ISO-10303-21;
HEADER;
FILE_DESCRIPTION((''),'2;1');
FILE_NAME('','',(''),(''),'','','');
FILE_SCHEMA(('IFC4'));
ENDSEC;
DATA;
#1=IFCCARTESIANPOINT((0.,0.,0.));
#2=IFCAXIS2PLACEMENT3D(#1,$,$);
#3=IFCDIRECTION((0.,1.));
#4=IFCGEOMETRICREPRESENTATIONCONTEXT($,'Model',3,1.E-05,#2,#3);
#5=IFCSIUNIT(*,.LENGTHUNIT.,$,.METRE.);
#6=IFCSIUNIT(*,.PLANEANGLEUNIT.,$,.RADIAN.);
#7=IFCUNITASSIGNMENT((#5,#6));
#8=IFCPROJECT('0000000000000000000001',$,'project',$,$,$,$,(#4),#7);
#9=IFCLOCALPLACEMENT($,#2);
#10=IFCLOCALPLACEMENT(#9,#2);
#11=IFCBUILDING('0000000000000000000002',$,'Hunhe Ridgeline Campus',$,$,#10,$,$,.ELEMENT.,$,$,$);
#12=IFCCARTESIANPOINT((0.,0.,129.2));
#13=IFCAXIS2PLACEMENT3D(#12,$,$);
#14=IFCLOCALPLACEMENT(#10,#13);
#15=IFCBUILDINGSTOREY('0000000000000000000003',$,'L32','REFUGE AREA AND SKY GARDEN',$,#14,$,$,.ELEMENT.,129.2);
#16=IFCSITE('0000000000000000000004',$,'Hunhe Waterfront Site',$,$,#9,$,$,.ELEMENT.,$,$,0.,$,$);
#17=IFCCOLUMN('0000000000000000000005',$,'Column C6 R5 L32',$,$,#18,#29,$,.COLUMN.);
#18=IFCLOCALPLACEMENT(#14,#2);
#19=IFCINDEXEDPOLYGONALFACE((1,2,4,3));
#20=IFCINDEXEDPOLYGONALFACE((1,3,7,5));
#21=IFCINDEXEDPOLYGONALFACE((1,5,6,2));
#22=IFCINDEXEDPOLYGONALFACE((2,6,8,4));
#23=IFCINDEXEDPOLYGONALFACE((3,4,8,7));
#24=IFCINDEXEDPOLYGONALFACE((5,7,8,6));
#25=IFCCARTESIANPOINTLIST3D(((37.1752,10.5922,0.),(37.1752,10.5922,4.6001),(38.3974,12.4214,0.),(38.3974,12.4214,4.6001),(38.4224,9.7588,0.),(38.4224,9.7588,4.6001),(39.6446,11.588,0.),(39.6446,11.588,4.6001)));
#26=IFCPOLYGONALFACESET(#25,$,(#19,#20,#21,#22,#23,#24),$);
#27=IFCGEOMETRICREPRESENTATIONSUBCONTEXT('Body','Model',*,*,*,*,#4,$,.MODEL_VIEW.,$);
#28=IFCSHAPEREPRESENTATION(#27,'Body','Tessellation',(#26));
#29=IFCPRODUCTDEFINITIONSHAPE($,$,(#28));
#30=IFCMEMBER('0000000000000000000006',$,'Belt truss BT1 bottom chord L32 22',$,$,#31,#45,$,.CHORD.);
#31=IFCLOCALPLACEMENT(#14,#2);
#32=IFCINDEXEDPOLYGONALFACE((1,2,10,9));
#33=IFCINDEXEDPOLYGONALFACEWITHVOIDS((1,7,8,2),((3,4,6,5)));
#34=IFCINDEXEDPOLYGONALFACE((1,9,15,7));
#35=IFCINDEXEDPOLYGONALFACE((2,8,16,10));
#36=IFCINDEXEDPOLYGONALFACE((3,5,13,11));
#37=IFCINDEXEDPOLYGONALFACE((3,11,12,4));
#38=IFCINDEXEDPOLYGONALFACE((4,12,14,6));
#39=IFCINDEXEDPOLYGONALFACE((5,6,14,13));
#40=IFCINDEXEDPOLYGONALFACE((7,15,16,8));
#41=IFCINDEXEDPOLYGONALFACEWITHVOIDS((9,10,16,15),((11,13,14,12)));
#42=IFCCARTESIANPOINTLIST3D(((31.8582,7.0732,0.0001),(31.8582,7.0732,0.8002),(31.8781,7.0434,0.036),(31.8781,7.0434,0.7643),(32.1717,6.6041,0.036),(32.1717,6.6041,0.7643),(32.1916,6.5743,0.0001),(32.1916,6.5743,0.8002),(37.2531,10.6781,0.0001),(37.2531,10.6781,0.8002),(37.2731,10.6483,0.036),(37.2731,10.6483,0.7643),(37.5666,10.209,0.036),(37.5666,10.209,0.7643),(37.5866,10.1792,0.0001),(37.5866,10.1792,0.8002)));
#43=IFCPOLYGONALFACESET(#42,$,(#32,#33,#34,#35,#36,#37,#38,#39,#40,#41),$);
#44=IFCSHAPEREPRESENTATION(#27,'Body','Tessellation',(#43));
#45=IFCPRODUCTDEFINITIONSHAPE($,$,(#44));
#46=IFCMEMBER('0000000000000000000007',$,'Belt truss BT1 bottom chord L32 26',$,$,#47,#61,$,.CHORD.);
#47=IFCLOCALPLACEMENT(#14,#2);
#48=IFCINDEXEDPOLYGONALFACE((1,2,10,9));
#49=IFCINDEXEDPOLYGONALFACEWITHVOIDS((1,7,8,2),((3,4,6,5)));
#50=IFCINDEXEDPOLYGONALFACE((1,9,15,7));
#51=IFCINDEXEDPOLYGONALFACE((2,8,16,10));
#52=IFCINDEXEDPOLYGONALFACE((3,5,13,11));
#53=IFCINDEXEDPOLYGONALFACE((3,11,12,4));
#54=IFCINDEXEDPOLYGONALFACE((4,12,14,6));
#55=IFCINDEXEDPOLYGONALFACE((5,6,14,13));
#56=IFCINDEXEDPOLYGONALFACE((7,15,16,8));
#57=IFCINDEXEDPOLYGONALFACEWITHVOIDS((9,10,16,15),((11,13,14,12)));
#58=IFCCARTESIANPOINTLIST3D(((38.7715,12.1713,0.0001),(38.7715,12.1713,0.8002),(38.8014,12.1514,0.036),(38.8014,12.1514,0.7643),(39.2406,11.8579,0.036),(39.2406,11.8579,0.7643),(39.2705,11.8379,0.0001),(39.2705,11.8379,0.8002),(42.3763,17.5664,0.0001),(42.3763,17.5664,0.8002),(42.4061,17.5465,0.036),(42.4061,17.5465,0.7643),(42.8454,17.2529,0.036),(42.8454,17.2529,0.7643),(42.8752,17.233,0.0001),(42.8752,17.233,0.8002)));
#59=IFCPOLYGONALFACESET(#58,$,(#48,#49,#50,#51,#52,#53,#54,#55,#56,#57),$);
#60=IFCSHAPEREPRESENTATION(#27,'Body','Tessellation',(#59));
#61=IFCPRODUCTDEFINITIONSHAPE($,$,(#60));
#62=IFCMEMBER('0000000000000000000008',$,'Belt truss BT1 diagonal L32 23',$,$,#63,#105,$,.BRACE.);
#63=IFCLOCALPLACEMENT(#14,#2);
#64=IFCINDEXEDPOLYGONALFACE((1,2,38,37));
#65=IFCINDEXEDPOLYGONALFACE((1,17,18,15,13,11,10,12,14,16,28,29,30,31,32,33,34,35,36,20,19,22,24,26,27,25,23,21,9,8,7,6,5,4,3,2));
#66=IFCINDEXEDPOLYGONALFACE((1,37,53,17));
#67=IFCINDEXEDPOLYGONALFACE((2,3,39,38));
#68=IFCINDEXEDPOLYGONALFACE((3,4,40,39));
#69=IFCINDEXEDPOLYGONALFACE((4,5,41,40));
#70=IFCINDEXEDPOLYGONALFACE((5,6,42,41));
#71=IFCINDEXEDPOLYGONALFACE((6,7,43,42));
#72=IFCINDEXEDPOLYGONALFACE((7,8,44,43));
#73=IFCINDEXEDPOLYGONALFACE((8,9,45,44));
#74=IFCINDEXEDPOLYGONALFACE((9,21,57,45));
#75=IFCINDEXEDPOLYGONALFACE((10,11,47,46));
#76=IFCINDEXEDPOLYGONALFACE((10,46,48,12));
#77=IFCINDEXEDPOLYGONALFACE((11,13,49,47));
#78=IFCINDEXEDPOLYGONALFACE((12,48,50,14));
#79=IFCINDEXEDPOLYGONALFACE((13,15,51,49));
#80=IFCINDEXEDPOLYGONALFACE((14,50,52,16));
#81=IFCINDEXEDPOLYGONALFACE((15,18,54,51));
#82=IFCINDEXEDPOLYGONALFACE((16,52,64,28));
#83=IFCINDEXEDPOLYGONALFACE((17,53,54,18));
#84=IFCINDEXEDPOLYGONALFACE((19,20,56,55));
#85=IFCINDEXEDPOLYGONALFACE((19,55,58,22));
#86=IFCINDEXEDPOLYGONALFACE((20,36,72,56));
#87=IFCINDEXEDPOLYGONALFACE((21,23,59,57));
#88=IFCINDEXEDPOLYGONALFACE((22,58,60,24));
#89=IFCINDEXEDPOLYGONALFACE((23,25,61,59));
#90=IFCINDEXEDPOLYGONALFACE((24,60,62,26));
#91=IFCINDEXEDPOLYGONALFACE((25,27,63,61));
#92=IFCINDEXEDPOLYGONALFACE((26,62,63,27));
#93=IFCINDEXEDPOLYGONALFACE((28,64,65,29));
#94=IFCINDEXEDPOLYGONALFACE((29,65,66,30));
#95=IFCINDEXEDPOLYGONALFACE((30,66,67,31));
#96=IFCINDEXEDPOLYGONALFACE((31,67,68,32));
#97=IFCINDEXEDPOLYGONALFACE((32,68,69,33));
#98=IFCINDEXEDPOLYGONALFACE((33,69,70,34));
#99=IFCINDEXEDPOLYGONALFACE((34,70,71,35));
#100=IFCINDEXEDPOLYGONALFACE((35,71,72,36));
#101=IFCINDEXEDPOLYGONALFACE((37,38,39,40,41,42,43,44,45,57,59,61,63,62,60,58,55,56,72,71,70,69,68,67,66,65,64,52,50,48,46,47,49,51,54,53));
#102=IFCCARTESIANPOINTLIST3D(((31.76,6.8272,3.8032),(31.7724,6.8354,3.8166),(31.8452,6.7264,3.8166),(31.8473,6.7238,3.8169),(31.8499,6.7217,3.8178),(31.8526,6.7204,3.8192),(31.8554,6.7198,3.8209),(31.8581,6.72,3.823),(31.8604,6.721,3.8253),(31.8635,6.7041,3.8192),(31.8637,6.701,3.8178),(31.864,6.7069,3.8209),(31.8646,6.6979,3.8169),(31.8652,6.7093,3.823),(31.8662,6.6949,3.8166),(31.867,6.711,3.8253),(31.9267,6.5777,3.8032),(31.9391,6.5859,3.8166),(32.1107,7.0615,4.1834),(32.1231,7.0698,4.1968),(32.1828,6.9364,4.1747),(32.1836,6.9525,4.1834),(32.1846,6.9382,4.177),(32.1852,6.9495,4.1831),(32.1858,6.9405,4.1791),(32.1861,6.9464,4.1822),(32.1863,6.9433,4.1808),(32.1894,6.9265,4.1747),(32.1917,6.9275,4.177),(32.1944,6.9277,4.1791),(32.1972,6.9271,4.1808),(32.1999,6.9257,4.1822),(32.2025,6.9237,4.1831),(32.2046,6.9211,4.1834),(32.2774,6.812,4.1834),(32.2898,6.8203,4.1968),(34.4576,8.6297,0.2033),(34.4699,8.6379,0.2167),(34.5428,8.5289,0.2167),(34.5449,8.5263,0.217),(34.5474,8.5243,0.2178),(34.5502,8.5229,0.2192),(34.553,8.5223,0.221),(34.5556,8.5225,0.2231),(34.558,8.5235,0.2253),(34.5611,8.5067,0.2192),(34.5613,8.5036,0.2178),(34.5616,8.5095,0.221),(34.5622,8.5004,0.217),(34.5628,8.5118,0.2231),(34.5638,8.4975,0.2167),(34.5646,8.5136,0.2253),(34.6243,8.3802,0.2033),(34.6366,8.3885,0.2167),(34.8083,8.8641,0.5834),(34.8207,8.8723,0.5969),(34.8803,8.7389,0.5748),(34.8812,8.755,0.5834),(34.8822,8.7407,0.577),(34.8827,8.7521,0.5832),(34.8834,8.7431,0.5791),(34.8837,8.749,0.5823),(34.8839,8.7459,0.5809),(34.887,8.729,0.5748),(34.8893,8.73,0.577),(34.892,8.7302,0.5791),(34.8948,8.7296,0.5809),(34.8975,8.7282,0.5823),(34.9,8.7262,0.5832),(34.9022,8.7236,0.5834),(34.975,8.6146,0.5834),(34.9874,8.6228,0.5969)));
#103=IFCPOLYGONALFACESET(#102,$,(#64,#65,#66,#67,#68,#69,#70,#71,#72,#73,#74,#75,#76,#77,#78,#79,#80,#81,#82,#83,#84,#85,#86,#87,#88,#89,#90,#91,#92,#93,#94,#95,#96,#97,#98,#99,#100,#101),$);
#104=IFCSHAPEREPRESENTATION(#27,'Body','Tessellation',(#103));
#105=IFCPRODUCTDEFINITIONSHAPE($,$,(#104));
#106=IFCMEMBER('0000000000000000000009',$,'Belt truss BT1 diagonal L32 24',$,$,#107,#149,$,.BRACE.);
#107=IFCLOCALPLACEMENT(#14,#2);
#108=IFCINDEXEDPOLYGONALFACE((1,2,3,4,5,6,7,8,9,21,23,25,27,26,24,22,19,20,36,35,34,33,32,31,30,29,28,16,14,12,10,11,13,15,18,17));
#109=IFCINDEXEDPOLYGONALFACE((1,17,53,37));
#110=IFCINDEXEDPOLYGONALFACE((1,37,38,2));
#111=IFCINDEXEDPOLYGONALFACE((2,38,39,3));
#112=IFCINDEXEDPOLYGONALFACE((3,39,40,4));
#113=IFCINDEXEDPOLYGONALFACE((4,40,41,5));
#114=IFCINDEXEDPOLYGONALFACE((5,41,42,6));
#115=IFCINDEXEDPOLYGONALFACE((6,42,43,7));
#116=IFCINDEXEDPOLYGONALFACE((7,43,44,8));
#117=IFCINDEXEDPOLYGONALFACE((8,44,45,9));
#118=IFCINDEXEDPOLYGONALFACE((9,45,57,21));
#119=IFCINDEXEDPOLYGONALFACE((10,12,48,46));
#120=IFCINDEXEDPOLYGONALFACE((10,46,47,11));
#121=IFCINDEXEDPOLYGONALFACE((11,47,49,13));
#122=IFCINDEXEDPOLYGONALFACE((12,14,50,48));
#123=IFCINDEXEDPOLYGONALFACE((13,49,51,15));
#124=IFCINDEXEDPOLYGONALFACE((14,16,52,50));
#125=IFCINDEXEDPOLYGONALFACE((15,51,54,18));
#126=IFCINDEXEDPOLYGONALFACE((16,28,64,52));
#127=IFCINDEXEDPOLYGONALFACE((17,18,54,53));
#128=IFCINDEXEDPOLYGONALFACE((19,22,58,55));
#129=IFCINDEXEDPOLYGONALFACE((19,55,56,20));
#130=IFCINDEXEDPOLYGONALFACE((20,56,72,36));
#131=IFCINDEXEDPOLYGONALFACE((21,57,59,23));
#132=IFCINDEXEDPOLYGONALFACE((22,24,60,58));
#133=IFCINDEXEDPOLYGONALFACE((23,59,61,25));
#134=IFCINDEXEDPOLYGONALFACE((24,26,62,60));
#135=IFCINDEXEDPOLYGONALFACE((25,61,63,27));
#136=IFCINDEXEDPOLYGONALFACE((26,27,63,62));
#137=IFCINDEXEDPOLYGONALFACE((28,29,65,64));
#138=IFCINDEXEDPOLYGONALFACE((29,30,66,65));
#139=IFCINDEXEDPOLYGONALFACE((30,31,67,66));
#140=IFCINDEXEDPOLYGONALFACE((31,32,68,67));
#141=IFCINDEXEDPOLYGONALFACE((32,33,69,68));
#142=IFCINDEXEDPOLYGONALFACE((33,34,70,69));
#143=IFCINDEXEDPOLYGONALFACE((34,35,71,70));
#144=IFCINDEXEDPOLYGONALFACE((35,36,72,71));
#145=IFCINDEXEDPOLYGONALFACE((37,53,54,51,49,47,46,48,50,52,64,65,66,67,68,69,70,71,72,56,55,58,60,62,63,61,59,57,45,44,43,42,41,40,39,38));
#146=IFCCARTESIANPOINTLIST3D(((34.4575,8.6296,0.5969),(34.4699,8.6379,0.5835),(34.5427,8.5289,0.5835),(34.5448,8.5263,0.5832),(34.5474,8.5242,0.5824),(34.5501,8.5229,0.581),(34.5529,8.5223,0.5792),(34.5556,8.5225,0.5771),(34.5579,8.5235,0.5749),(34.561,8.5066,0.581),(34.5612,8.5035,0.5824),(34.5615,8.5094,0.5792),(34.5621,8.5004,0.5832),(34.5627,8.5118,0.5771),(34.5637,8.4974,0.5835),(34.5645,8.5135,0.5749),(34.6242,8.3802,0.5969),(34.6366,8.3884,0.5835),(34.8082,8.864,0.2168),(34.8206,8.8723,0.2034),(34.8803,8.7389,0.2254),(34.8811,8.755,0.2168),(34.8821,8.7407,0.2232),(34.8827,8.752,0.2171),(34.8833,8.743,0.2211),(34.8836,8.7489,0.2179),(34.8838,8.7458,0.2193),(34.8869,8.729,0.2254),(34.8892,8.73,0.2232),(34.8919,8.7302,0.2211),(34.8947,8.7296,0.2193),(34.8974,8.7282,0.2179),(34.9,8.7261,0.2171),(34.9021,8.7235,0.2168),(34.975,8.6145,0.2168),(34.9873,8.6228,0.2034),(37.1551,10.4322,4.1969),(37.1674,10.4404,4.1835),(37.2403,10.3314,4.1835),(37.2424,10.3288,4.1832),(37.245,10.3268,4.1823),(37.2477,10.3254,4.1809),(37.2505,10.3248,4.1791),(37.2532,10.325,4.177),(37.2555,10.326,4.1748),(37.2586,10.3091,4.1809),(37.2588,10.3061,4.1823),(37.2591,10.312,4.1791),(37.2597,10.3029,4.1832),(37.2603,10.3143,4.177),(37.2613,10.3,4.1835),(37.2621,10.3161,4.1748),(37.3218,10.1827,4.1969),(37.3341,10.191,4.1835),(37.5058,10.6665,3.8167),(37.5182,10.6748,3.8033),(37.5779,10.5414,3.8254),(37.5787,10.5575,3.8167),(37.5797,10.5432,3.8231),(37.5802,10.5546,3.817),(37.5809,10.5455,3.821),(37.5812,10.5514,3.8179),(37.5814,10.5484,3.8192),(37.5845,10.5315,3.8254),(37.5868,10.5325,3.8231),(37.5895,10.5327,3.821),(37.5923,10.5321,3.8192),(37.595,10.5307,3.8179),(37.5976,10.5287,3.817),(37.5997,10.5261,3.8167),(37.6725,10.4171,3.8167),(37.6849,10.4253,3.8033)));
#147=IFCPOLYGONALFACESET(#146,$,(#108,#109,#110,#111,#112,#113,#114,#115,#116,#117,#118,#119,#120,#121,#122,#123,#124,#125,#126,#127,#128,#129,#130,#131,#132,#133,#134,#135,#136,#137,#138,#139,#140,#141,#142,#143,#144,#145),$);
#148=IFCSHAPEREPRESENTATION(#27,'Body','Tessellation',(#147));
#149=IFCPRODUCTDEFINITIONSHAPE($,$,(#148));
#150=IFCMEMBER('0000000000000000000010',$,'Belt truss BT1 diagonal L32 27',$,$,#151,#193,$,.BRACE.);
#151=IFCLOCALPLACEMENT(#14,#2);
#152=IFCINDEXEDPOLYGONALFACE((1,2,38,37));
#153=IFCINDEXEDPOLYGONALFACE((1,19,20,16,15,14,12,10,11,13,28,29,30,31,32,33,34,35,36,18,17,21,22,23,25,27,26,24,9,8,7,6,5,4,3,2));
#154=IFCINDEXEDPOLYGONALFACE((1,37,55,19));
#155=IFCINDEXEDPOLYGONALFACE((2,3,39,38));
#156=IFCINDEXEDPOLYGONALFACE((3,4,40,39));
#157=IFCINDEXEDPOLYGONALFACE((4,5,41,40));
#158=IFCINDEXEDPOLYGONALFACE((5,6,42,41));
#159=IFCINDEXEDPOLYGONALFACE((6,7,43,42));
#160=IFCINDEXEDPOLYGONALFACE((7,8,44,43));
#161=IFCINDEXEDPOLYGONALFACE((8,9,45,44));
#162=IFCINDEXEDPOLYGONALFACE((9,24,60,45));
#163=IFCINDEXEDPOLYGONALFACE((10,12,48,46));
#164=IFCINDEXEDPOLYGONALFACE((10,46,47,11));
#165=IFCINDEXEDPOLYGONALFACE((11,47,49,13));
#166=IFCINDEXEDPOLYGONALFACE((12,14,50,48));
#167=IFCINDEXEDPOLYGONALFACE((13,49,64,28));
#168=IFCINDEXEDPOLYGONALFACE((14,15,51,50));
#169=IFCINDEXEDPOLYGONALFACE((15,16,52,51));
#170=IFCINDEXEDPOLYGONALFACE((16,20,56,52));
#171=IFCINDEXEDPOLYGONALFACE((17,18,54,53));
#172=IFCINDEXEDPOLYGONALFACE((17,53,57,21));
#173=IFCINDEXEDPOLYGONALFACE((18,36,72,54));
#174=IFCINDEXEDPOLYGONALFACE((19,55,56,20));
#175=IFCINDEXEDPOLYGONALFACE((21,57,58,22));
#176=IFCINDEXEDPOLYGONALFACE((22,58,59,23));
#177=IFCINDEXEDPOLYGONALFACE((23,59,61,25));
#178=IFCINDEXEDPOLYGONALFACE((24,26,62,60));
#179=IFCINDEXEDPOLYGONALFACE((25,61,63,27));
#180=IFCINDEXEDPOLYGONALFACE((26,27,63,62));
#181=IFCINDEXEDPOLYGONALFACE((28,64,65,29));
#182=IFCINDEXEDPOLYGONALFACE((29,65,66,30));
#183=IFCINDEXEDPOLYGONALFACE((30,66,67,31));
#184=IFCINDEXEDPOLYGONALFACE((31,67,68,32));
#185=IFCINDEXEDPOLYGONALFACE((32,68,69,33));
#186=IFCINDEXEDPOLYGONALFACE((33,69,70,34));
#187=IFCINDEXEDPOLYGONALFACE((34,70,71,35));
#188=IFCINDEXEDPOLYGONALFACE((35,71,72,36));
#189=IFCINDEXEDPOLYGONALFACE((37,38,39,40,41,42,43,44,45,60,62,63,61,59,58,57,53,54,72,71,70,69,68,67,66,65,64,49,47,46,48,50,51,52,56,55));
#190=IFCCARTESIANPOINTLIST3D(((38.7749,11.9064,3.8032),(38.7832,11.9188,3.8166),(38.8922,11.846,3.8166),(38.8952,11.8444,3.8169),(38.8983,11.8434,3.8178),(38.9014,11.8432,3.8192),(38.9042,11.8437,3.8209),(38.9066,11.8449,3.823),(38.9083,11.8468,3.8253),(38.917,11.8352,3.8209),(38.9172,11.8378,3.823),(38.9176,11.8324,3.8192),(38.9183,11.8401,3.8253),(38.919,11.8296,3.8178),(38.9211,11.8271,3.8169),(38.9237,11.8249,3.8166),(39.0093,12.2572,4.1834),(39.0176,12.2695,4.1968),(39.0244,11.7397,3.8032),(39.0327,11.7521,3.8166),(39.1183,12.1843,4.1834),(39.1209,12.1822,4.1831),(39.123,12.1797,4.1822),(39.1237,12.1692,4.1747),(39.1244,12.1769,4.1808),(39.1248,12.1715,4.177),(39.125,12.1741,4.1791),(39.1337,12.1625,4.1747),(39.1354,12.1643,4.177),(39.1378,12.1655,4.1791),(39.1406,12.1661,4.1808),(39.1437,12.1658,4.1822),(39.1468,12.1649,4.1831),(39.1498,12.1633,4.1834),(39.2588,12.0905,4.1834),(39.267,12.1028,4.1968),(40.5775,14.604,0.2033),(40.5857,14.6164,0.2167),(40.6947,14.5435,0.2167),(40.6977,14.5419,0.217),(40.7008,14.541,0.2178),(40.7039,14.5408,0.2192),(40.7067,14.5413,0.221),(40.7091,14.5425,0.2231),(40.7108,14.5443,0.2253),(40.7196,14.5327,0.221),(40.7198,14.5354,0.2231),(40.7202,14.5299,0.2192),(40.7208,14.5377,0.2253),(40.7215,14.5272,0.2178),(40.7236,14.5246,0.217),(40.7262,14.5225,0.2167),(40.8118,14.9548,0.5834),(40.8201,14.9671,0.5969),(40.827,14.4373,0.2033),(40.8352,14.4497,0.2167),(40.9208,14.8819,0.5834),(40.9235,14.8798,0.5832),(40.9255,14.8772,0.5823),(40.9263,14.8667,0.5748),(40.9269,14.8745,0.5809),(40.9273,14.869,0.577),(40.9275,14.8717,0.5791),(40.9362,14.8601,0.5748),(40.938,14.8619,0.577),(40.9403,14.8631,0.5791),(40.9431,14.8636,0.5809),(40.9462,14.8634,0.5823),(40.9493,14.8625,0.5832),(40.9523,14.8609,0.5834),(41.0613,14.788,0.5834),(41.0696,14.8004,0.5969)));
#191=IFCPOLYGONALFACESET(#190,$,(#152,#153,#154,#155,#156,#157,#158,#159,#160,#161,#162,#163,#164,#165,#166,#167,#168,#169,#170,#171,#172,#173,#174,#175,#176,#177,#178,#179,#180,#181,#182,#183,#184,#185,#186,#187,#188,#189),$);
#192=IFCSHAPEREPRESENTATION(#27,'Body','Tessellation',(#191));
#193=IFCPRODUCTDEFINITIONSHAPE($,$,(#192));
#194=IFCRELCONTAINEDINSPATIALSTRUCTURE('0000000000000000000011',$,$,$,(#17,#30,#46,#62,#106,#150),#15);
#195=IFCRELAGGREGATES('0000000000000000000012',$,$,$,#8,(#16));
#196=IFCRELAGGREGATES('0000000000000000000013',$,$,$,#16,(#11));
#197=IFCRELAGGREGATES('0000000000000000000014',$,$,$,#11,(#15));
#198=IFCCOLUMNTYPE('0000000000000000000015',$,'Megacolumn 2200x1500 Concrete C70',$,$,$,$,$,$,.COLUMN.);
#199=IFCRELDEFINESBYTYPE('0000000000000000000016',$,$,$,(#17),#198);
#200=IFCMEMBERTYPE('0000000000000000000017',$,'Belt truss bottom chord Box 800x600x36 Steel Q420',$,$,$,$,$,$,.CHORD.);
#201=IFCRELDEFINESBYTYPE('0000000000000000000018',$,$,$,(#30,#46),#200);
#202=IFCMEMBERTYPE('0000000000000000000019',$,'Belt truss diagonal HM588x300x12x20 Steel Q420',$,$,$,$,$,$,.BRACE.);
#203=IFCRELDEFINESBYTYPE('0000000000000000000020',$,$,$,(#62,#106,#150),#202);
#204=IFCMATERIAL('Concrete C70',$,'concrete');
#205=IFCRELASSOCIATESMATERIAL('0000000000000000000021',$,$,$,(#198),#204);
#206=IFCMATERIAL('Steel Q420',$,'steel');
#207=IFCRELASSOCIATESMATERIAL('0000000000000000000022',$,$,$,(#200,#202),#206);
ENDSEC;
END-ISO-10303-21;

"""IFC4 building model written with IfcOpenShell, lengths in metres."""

from ifc_helpers import new_model, si_unit, direction, frame, origin, origin_2d, place, context, subcontext, project, spatial, rectangle, hollow_rectangle, i_section, extrude, material, material_profile, profile_set, type_object, element, save


model = new_model("IFC4")

# Units and contexts
model_context = context("Model", 3, precision=1e-05, world=origin(), true_north=direction((0.0, 1.0)))
body_context = subcontext(model_context, "Body", "Model", "MODEL_VIEW")
ifc_project = project(units=[si_unit("LENGTHUNIT", "METRE"), si_unit("PLANEANGLEUNIT", "RADIAN")], contexts=[model_context])

# Site, building, storey
site_placement = place(None, origin())
site = spatial("IfcSite", under=ifc_project, at=site_placement, Name="Hunhe Waterfront Site", CompositionType="ELEMENT", RefElevation=0.0)
building_placement = place(site_placement, origin())
building = spatial("IfcBuilding", under=site, at=building_placement, Name="Hunhe Ridgeline Campus", CompositionType="ELEMENT")
storey_placement = place(building_placement, frame((0.0, 0.0, 129.2)))
storey = spatial("IfcBuildingStorey", under=building, at=storey_placement, Name="L32", Description="REFUGE AREA AND SKY GARDEN", CompositionType="ELEMENT", Elevation=129.2)

# Column
ifc_material_1 = material(Name="Concrete C70", Category="concrete")
ifc_material_profile_1 = material_profile(ifc_material_1, rectangle(XDim=2.2, YDim=1.5, at=origin_2d()))
ifc_profile_set_1 = profile_set([ifc_material_profile_1], Name="Concrete C70")
column_type = type_object("IfcColumnType", Name="Megacolumn 2200x1500 Concrete C70", PredefinedType="COLUMN", material=ifc_profile_set_1)
column_placement = place(storey_placement, frame((38.4099, 11.0901, 0.0), z_axis=(0.0, 0.0, 1.0), x_axis=(0.55557, 0.83147, 0.0)))
element("IfcColumn", 1, at=column_placement, inside=storey, type_object=column_type, Name="Column C6 R5 L32", PredefinedType="COLUMN", context=body_context, shape_type="SweptSolid", body=[
    extrude(rectangle(XDim=2.2, YDim=1.5, at=origin_2d()), origin(), (0.0, 0.0, 1.0), 4.6001),
])

# Members
ifc_material_2 = material(Name="Steel Q420", Category="steel")
ifc_material_profile_2 = material_profile(ifc_material_2, hollow_rectangle(XDim=0.6001, YDim=0.8, WallThickness=0.0359, at=origin_2d()))
ifc_profile_set_2 = profile_set([ifc_material_profile_2], Name="Steel Q420")
member_type_1 = type_object("IfcMemberType", Name="Belt truss bottom chord Box 800x600x36 Steel Q420", PredefinedType="CHORD", material=ifc_profile_set_2)
for number, where, z_axis, x_axis, name in (
    (2, (32.0249, 6.8237, 0.4001), (0.831459, 0.555586, 0.0), (-0.555586, 0.831459, 0.0), "Belt truss BT1 bottom chord L32 22"),
    (3, (39.021, 12.0046, 0.4001), (0.55556, 0.831477, 0.0), (-0.831477, 0.55556, 0.0), "Belt truss BT1 bottom chord L32 26"),
):
    element("IfcMember", number, at=place(storey_placement, frame(where, z_axis=z_axis, x_axis=x_axis)), inside=storey, type_object=member_type_1, Name=name, PredefinedType="CHORD", context=body_context, shape_type="SweptSolid", body=[
        extrude(hollow_rectangle(XDim=0.6001, YDim=0.8, WallThickness=0.0359, at=origin_2d()), origin(), (0.0, 0.0, 1.0), 6.4885),
    ])
ifc_material_profile_3 = material_profile(ifc_material_2, i_section(OverallWidth=0.3, OverallDepth=0.5879, WebThickness=0.012, FlangeThickness=0.02, FilletRadius=0.0129, at=origin_2d()))
ifc_profile_set_3 = profile_set([ifc_material_profile_3], Name="Steel Q420")
member_type_2 = type_object("IfcMemberType", Name="Belt truss diagonal HM588x300x12x20 Steel Q420", PredefinedType="BRACE", material=ifc_profile_set_3)
for number, where, z_axis, x_axis, name in (
    (4, (32.0249, 6.8237, 4.0), (0.556638, 0.371948, -0.742838), (-0.555586, 0.831459, 0.0), "Belt truss BT1 diagonal L32 23"),
    (5, (34.7224, 8.6262, 0.4001), (0.556638, 0.371948, 0.742838), (-0.555586, 0.831459, 0.0), "Belt truss BT1 diagonal L32 24"),
    (6, (39.021, 12.0046, 4.0), (0.371948, 0.556638, -0.742838), (-0.831459, 0.555586, 0.0), "Belt truss BT1 diagonal L32 27"),
):
    element("IfcMember", number, at=place(storey_placement, frame(where, z_axis=z_axis, x_axis=x_axis)), inside=storey, type_object=member_type_2, Name=name, PredefinedType="BRACE", context=body_context, shape_type="SweptSolid", body=[
        extrude(i_section(OverallWidth=0.3, OverallDepth=0.5879, WebThickness=0.012, FlangeThickness=0.02, FilletRadius=0.0129, at=origin_2d()), origin(), (0.0, 0.0, 1.0), 4.8462),
    ])

save(model, "model.ifc")
